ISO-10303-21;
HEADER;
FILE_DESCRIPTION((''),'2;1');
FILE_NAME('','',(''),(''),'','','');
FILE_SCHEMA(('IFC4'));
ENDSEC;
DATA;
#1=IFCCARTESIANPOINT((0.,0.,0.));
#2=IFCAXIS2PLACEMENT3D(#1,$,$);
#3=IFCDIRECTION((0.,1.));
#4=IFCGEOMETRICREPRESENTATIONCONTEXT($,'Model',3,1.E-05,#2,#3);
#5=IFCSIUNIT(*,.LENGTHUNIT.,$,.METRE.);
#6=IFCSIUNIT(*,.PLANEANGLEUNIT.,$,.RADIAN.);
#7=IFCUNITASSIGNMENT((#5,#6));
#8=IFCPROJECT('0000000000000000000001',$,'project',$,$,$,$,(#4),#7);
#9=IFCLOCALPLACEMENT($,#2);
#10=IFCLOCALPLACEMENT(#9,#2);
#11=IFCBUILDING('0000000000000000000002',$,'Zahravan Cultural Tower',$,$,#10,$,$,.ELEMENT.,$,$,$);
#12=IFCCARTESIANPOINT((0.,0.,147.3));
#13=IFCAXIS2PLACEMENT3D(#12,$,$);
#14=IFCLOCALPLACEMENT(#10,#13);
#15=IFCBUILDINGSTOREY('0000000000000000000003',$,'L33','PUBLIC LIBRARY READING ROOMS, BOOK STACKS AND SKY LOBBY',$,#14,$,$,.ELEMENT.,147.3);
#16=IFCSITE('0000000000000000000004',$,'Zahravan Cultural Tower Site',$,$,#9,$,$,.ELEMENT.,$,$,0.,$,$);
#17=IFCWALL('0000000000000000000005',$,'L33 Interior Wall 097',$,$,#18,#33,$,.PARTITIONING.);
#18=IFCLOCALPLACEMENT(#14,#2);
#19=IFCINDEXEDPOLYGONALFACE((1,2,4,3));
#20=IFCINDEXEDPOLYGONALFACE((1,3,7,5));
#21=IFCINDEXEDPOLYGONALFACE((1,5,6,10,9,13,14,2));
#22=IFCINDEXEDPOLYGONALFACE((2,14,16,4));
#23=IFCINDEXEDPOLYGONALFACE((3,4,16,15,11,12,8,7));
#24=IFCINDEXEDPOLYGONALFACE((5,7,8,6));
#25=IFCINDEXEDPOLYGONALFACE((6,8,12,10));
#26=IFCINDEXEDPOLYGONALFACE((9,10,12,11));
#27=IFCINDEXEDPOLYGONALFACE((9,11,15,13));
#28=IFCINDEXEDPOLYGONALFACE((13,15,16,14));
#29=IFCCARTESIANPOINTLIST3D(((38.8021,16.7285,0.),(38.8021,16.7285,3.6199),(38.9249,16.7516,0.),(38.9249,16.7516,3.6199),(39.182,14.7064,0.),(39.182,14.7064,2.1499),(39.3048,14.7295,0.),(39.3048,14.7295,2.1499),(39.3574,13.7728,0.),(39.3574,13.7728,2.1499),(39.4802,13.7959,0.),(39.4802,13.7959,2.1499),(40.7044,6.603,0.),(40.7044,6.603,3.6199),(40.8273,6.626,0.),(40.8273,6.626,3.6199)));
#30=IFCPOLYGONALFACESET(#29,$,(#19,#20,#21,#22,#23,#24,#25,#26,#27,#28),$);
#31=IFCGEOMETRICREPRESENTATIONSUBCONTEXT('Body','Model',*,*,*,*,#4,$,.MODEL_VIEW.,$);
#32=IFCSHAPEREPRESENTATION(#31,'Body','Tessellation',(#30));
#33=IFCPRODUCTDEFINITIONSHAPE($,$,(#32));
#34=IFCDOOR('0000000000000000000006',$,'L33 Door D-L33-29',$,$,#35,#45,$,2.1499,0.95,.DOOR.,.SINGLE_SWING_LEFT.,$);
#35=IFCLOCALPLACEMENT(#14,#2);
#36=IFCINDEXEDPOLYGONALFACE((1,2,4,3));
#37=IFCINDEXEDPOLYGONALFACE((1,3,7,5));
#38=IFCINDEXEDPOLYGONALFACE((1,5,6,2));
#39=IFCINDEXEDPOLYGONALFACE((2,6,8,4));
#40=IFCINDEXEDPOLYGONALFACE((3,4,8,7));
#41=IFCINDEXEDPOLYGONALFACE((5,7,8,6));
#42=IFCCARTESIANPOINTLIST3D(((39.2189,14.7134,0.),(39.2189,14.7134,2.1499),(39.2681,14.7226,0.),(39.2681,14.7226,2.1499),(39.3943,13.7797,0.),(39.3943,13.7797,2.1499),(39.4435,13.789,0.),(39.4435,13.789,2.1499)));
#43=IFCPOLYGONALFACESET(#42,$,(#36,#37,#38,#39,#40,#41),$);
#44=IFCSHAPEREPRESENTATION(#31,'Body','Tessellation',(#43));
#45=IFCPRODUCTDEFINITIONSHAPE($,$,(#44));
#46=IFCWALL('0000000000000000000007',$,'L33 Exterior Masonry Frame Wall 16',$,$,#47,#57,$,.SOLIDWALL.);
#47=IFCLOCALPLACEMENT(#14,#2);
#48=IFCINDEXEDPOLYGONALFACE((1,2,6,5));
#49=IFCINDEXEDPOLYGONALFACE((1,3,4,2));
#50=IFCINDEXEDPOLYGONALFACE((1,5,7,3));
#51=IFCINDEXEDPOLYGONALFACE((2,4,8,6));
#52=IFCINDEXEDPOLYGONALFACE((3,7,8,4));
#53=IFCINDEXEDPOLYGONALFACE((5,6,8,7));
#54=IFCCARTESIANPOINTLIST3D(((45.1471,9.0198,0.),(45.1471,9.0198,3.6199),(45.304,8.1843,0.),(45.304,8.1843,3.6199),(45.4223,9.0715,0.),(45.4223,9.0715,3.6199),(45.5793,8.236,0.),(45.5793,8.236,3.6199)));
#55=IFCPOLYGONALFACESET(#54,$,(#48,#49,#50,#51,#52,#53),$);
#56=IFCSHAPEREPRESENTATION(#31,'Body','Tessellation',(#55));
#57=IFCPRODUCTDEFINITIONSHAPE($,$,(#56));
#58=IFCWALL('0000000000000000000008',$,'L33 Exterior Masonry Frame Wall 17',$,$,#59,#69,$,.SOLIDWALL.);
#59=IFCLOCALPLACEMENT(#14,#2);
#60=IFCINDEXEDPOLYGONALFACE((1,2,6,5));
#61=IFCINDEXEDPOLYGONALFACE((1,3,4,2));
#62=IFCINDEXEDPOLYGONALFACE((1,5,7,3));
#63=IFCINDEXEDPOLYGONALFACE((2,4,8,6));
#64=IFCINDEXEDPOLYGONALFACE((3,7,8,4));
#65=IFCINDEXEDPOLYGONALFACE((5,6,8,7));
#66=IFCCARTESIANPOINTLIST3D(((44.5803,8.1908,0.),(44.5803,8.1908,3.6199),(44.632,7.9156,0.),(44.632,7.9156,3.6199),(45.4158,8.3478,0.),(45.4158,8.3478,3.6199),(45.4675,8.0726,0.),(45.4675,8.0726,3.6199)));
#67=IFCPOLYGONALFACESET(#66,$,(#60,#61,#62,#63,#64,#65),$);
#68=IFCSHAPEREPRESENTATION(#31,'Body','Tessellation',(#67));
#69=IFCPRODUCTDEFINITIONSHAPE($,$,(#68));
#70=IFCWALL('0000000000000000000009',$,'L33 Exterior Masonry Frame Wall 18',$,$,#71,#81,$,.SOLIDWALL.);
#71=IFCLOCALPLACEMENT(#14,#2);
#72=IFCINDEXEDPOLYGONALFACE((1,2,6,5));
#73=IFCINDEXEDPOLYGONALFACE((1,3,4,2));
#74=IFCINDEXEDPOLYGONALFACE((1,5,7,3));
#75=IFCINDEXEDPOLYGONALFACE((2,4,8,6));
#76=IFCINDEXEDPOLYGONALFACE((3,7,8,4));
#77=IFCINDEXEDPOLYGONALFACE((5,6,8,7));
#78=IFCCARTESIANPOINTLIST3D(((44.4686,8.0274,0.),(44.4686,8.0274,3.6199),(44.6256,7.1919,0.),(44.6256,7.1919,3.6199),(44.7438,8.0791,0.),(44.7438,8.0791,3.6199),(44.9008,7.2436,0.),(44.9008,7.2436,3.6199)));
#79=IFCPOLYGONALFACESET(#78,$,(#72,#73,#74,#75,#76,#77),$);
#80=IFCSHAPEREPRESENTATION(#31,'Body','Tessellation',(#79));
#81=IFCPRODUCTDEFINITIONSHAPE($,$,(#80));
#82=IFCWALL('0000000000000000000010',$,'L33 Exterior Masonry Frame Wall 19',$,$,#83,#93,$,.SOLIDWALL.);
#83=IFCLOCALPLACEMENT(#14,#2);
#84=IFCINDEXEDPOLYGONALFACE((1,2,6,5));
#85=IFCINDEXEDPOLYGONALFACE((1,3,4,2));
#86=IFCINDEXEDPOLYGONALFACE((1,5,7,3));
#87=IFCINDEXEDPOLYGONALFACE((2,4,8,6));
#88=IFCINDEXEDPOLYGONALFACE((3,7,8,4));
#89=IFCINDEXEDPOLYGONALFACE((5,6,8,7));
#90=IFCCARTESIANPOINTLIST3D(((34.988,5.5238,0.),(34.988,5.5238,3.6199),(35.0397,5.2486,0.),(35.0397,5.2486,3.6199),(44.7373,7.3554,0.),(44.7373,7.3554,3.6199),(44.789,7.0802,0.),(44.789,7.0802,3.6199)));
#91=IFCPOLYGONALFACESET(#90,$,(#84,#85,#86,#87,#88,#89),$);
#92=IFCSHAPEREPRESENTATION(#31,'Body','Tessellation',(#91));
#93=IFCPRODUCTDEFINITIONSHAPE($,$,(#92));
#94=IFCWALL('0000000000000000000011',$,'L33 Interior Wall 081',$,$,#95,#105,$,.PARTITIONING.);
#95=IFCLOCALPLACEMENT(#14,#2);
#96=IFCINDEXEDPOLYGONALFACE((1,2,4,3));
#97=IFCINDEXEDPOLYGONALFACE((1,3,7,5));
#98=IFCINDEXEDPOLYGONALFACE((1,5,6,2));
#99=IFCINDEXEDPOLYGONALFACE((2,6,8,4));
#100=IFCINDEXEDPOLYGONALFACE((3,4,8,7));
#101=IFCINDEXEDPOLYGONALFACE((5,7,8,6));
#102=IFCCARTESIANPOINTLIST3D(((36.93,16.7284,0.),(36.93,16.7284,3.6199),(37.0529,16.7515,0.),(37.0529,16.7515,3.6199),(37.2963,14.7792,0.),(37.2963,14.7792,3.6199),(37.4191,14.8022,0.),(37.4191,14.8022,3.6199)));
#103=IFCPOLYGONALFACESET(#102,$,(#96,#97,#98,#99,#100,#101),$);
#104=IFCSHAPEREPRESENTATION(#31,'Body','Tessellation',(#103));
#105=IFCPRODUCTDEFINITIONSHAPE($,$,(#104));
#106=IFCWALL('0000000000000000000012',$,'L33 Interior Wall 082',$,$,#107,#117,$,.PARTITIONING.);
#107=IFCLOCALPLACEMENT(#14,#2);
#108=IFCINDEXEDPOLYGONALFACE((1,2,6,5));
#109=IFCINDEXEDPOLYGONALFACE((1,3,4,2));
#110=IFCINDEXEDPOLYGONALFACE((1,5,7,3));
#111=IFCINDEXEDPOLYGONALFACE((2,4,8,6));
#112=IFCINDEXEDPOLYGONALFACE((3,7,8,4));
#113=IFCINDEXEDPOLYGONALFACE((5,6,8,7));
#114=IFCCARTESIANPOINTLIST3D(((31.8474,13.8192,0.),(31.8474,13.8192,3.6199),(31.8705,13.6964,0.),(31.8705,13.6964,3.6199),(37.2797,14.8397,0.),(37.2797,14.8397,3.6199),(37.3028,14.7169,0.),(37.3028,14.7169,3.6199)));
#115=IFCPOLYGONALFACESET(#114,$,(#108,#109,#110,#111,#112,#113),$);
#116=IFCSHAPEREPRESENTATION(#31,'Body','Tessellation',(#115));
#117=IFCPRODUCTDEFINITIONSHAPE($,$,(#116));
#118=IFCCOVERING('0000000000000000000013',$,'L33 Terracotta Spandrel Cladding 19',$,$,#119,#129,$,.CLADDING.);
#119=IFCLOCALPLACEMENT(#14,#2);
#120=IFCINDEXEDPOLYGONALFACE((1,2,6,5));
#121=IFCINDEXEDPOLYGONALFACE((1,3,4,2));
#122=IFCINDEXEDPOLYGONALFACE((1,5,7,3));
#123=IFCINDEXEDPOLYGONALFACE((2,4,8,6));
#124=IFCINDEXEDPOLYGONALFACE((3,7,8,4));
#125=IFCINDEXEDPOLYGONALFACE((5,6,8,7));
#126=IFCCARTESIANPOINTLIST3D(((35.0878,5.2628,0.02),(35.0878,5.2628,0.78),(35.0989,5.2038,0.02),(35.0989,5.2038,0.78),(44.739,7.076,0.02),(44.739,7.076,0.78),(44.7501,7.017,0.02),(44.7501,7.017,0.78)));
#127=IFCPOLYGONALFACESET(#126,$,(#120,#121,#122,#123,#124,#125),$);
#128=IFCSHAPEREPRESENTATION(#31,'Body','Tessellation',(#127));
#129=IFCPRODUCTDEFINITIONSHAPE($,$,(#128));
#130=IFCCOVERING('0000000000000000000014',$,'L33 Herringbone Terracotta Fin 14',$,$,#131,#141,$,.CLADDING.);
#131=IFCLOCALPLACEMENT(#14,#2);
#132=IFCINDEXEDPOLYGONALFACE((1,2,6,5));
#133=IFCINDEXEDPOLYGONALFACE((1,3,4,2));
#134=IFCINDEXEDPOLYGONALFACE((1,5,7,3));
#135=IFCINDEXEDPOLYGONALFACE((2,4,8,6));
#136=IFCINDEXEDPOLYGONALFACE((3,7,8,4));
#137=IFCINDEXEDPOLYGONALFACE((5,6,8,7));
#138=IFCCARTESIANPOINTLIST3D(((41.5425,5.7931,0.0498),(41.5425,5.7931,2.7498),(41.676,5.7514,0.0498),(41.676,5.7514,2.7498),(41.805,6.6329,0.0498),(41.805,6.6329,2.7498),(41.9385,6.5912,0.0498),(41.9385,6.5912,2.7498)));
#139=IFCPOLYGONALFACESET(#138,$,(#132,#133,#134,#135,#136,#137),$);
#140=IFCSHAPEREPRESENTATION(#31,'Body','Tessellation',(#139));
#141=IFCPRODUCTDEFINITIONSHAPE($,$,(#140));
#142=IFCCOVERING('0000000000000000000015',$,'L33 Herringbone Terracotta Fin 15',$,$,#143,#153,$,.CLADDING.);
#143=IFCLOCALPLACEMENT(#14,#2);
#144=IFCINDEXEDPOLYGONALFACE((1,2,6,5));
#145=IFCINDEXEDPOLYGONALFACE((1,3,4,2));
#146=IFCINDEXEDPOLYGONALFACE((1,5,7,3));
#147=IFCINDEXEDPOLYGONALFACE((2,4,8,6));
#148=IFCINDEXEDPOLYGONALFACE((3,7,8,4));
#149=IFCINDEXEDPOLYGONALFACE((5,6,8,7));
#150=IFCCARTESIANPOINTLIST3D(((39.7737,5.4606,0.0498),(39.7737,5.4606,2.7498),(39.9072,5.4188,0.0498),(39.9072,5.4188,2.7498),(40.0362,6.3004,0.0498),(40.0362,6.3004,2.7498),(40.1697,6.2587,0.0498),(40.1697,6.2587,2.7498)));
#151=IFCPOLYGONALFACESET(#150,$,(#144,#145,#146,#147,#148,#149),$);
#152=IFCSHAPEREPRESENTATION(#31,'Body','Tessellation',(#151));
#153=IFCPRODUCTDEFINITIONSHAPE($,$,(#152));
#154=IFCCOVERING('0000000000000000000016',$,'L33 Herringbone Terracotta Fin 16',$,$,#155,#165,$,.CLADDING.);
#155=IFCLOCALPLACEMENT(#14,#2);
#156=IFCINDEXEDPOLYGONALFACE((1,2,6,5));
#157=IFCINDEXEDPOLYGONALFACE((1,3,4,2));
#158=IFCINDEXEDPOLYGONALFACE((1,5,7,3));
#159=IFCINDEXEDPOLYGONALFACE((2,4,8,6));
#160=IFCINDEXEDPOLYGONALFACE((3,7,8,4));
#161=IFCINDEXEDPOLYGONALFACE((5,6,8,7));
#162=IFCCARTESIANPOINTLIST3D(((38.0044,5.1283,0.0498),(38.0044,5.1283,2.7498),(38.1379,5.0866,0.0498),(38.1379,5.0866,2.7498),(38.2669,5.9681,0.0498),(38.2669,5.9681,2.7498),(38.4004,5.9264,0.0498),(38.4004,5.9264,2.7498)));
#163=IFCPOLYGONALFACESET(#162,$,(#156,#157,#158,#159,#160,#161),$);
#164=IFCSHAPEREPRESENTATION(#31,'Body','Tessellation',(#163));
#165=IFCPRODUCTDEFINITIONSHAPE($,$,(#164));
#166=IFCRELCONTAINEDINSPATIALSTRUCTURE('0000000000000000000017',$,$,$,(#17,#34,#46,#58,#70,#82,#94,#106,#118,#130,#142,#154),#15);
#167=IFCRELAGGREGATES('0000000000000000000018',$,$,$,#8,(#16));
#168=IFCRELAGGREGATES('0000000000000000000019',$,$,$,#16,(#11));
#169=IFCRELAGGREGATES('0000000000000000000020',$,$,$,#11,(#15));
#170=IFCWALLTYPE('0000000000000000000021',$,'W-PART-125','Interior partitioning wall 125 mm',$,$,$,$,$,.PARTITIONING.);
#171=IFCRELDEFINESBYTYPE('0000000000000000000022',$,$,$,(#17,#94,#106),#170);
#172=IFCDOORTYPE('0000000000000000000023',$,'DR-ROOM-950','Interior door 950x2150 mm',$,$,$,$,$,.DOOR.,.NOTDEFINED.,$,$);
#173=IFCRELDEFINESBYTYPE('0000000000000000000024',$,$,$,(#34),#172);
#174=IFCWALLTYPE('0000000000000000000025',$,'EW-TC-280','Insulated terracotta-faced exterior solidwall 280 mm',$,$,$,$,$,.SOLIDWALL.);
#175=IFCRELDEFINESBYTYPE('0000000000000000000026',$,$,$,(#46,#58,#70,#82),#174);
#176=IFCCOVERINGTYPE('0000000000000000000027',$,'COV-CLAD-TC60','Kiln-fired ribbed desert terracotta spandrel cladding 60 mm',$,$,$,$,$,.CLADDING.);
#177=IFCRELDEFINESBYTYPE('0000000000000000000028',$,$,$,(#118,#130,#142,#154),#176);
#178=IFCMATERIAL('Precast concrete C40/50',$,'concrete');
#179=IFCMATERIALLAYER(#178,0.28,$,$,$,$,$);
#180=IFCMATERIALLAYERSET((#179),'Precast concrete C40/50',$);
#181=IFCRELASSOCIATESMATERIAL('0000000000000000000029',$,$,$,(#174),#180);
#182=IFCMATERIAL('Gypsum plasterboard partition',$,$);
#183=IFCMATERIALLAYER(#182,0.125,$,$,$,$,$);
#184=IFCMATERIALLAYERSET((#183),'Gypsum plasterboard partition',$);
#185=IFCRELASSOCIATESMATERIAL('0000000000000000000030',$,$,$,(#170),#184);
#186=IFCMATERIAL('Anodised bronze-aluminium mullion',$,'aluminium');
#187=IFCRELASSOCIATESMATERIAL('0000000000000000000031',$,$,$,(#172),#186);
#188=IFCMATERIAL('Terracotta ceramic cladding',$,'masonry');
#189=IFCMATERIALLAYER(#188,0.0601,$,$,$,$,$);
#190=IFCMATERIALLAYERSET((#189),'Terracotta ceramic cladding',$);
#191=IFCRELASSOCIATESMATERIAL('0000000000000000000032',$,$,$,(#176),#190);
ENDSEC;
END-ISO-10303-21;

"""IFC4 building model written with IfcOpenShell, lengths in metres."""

from ifc_helpers import new_model, si_unit, direction, frame, frame_2d, origin, origin_2d, place, context, subcontext, project, spatial, rectangle, extrude, source, transform, mapped, material, layer, layer_set, type_object, element, fill, save


model = new_model("IFC4")

# Units and contexts
model_context = context("Model", 3, precision=1e-05, world=origin(), true_north=direction((0.0, 1.0)))
body_context = subcontext(model_context, "Body", "Model", "MODEL_VIEW")
ifc_project = project(units=[si_unit("LENGTHUNIT", "METRE"), si_unit("PLANEANGLEUNIT", "RADIAN")], contexts=[model_context])

# Site, building, storey
site_placement = place(None, origin())
site = spatial("IfcSite", under=ifc_project, at=site_placement, Name="Zahravan Cultural Tower Site", CompositionType="ELEMENT", RefElevation=0.0)
building_placement = place(site_placement, origin())
building = spatial("IfcBuilding", under=site, at=building_placement, Name="Zahravan Cultural Tower", CompositionType="ELEMENT")
storey_placement = place(building_placement, frame((0.0, 0.0, 147.3)))
storey = spatial("IfcBuildingStorey", under=building, at=storey_placement, Name="L33", Description="PUBLIC LIBRARY READING ROOMS, BOOK STACKS AND SKY LOBBY", CompositionType="ELEMENT", Elevation=147.3)

# Shared definitions
ifc_material_1 = material(Name="Precast concrete C40/50", Category="concrete")
ifc_layer_1 = layer(ifc_material_1, 0.28)
ifc_layer_set_1 = layer_set([ifc_layer_1], Name="Precast concrete C40/50")
wall_type_1 = type_object("IfcWallType", Name="EW-TC-280", Description="Insulated terracotta-faced exterior solidwall 280 mm", PredefinedType="SOLIDWALL", material=ifc_layer_set_1)

# Wall, opening, door
ifc_material_2 = material(Name="Gypsum plasterboard partition")
ifc_layer_2 = layer(ifc_material_2, 0.125)
ifc_layer_set_2 = layer_set([ifc_layer_2], Name="Gypsum plasterboard partition")
wall_type_2 = type_object("IfcWallType", Name="W-PART-125", Description="Interior partitioning wall 125 mm", PredefinedType="PARTITIONING", material=ifc_layer_set_2)
ifc_material_3 = material(Name="Anodised bronze-aluminium mullion", Category="aluminium")
door_type = type_object("IfcDoorType", Name="DR-ROOM-950", Description="Interior door 950x2150 mm", OperationType="NOTDEFINED", PredefinedType="DOOR", material=ifc_material_3)
shared_shape_1 = source(origin(), body_context, "Body", "SweptSolid", [
    extrude(rectangle(XDim=0.95, YDim=2.1499, at=frame_2d((0.4751, 1.075))), frame((0.0, 0.0249, 0.0), z_axis=(0.0, -1.0, 0.0), x_axis=(1.0, 0.0, 0.0)), (0.0, 0.0, 1.0), 0.05),
])
wall_1_placement = place(storey_placement, frame((40.7659, 6.6145, 0.0), z_axis=(0.0, 0.0, 1.0), x_axis=(-0.184646, 0.982805, 0.0)))
wall_1 = element("IfcWall", 1, at=wall_1_placement, inside=storey, type_object=wall_type_2, Name="L33 Interior Wall 097", PredefinedType="PARTITIONING", context=body_context, shape_type="SweptSolid", body=[
    extrude(rectangle(XDim=10.3027, YDim=0.125, at=frame_2d((5.1514, 0.0))), origin(), (0.0, 0.0, 1.0), 3.6199),
])
opening_1_placement = place(wall_1_placement, frame((7.2952, 0.0, 0.0)))
opening_1 = element("IfcOpeningElement", 2, at=opening_1_placement, cuts=wall_1, PredefinedType="OPENING", context=body_context, shape_type="SweptSolid", body=[
    extrude(rectangle(XDim=0.95, YDim=2.1499, at=frame_2d((0.4751, 1.075))), frame((0.0, 0.0725, 0.0), z_axis=(0.0, -1.0, 0.0), x_axis=(1.0, 0.0, 0.0)), (0.0, 0.0, 1.0), 0.145),
])
door_1_placement = place(opening_1_placement, origin())
door_1 = element("IfcDoor", 3, at=door_1_placement, inside=storey, type_object=door_type, Name="L33 Door D-L33-29", OperationType="SINGLE_SWING_LEFT", OverallHeight=2.1499, OverallWidth=0.95, PredefinedType="DOOR", context=body_context, shape_type="MappedRepresentation", body=[
    mapped(shared_shape_1, transform((0.0, 0.0, 0.0), x_axis=(1.0, 0.0, 0.0), y_axis=(0.0, 1.0, 0.0), z_axis=(0.0, 0.0, 1.0), scale=1.0)),
])
fill(opening_1, door_1)

# Walls
shared_shape_2 = source(origin(), body_context, "Body", "SweptSolid", [
    extrude(rectangle(XDim=0.8501, YDim=0.28, at=frame_2d((0.425, 0.0))), origin(), (0.0, 0.0, 1.0), 3.6199),
])
for number, where, z_axis, x_axis, name in (
    (4, (45.2847, 9.0457, 0.0), (0.0, 0.0, 1.0), (0.18467, -0.982801, 0.0), "L33 Exterior Masonry Frame Wall 16"),
    (5, (45.4417, 8.2102, 0.0), (0.0, 0.0, 1.0), (-0.982801, -0.18467, 0.0), "L33 Exterior Masonry Frame Wall 17"),
    (6, (44.6062, 8.0532, 0.0), (0.0, 0.0, 1.0), (0.18467, -0.982801, 0.0), "L33 Exterior Masonry Frame Wall 18"),
):
    element("IfcWall", number, at=place(storey_placement, frame(where, z_axis=z_axis, x_axis=x_axis)), inside=storey, type_object=wall_type_1, Name=name, PredefinedType="SOLIDWALL", context=body_context, shape_type="MappedRepresentation", body=[
        mapped(shared_shape_2, transform((0.0, 0.0, 0.0), x_axis=(1.0, 0.0, 0.0), y_axis=(0.0, 1.0, 0.0), z_axis=(0.0, 0.0, 1.0), scale=1.0)),
    ])
shared_shape_3 = source(origin(), body_context, "Body", "SweptSolid", [
    extrude(rectangle(XDim=9.9199, YDim=0.28, at=frame_2d((4.96, 0.0))), origin(), (0.0, 0.0, 1.0), 3.6199),
])
wall_2_placement = place(storey_placement, frame((44.7632, 7.2178, 0.0), z_axis=(0.0, 0.0, 1.0), x_axis=(-0.982807, -0.184635, 0.0)))
element("IfcWall", 7, at=wall_2_placement, inside=storey, type_object=wall_type_1, Name="L33 Exterior Masonry Frame Wall 19", PredefinedType="SOLIDWALL", context=body_context, shape_type="MappedRepresentation", body=[
    mapped(shared_shape_3, transform((0.0, 0.0, 0.0), x_axis=(1.0, 0.0, 0.0), y_axis=(0.0, 1.0, 0.0), z_axis=(0.0, 0.0, 1.0), scale=1.0)),
])
shared_shape_4 = source(origin(), body_context, "Body", "SweptSolid", [
    extrude(rectangle(XDim=1.9834, YDim=0.125, at=frame_2d((0.9917, 0.0))), origin(), (0.0, 0.0, 1.0), 3.6199),
])
wall_3_placement = place(storey_placement, frame((36.9915, 16.74, 0.0), z_axis=(0.0, 0.0, 1.0), x_axis=(0.184645, -0.982805, 0.0)))
element("IfcWall", 8, at=wall_3_placement, inside=storey, type_object=wall_type_2, Name="L33 Interior Wall 081", PredefinedType="PARTITIONING", context=body_context, shape_type="MappedRepresentation", body=[
    mapped(shared_shape_4, transform((0.0, 0.0, 0.0), x_axis=(1.0, 0.0, 0.0), y_axis=(0.0, 1.0, 0.0), z_axis=(0.0, 0.0, 1.0), scale=1.0)),
])
shared_shape_5 = source(origin(), body_context, "Body", "SweptSolid", [
    extrude(rectangle(XDim=5.5273, YDim=0.125, at=frame_2d((2.7637, 0.0))), origin(), (0.0, 0.0, 1.0), 3.6199),
])
wall_4_placement = place(storey_placement, frame((37.2913, 14.7783, 0.0), z_axis=(0.0, 0.0, 1.0), x_axis=(-0.982809, -0.184627, 0.0)))
element("IfcWall", 9, at=wall_4_placement, inside=storey, type_object=wall_type_2, Name="L33 Interior Wall 082", PredefinedType="PARTITIONING", context=body_context, shape_type="MappedRepresentation", body=[
    mapped(shared_shape_5, transform((0.0, 0.0, 0.0), x_axis=(1.0, 0.0, 0.0), y_axis=(0.0, 1.0, 0.0), z_axis=(0.0, 0.0, 1.0), scale=1.0)),
])

# Coverings
ifc_material_4 = material(Name="Terracotta ceramic cladding", Category="masonry")
ifc_layer_3 = layer(ifc_material_4, 0.0601)
ifc_layer_set_3 = layer_set([ifc_layer_3], Name="Terracotta ceramic cladding")
covering_type = type_object("IfcCoveringType", Name="COV-CLAD-TC60", Description="Kiln-fired ribbed desert terracotta spandrel cladding 60 mm", PredefinedType="CLADDING", material=ifc_layer_set_3)
shared_shape_6 = source(origin(), body_context, "Body", "SweptSolid", [
    extrude(rectangle(XDim=9.8201, YDim=0.0601, at=origin_2d()), origin(), (0.0, 0.0, 1.0), 0.76),
])
covering_placement = place(storey_placement, frame((39.9189, 6.1399, 0.02), z_axis=(0.0, 0.0, 1.0), x_axis=(-0.982807, -0.184638, 0.0)))
element("IfcCovering", 10, at=covering_placement, inside=storey, type_object=covering_type, Name="L33 Terracotta Spandrel Cladding 19", PredefinedType="CLADDING", context=body_context, shape_type="MappedRepresentation", body=[
    mapped(shared_shape_6, transform((0.0, 0.0, 0.0), x_axis=(1.0, 0.0, 0.0), y_axis=(0.0, 1.0, 0.0), z_axis=(0.0, 0.0, 1.0), scale=1.0)),
])
shared_shape_7 = source(origin(), body_context, "Body", "SweptSolid", [
    extrude(rectangle(XDim=0.8799, YDim=0.1399, at=origin_2d()), origin(), (0.0, 0.0, 1.0), 2.7),
])
for number, where, z_axis, x_axis, name in (
    (11, (41.7405, 6.1921, 0.0498), (0.0, 0.0, 1.0), (-0.298375, -0.954449, 0.0), "L33 Herringbone Terracotta Fin 14"),
    (12, (39.9717, 5.8596, 0.0498), (0.0, 0.0, 1.0), (-0.298375, -0.954449, 0.0), "L33 Herringbone Terracotta Fin 15"),
    (13, (38.2024, 5.5273, 0.0498), (0.0, 0.0, 1.0), (-0.298375, -0.954449, 0.0), "L33 Herringbone Terracotta Fin 16"),
):
    element("IfcCovering", number, at=place(storey_placement, frame(where, z_axis=z_axis, x_axis=x_axis)), inside=storey, type_object=covering_type, Name=name, PredefinedType="CLADDING", context=body_context, shape_type="MappedRepresentation", body=[
        mapped(shared_shape_7, transform((0.0, 0.0, 0.0), x_axis=(1.0, 0.0, 0.0), y_axis=(0.0, 1.0, 0.0), z_axis=(0.0, 0.0, 1.0), scale=1.0)),
    ])

save(model, "model.ifc")
